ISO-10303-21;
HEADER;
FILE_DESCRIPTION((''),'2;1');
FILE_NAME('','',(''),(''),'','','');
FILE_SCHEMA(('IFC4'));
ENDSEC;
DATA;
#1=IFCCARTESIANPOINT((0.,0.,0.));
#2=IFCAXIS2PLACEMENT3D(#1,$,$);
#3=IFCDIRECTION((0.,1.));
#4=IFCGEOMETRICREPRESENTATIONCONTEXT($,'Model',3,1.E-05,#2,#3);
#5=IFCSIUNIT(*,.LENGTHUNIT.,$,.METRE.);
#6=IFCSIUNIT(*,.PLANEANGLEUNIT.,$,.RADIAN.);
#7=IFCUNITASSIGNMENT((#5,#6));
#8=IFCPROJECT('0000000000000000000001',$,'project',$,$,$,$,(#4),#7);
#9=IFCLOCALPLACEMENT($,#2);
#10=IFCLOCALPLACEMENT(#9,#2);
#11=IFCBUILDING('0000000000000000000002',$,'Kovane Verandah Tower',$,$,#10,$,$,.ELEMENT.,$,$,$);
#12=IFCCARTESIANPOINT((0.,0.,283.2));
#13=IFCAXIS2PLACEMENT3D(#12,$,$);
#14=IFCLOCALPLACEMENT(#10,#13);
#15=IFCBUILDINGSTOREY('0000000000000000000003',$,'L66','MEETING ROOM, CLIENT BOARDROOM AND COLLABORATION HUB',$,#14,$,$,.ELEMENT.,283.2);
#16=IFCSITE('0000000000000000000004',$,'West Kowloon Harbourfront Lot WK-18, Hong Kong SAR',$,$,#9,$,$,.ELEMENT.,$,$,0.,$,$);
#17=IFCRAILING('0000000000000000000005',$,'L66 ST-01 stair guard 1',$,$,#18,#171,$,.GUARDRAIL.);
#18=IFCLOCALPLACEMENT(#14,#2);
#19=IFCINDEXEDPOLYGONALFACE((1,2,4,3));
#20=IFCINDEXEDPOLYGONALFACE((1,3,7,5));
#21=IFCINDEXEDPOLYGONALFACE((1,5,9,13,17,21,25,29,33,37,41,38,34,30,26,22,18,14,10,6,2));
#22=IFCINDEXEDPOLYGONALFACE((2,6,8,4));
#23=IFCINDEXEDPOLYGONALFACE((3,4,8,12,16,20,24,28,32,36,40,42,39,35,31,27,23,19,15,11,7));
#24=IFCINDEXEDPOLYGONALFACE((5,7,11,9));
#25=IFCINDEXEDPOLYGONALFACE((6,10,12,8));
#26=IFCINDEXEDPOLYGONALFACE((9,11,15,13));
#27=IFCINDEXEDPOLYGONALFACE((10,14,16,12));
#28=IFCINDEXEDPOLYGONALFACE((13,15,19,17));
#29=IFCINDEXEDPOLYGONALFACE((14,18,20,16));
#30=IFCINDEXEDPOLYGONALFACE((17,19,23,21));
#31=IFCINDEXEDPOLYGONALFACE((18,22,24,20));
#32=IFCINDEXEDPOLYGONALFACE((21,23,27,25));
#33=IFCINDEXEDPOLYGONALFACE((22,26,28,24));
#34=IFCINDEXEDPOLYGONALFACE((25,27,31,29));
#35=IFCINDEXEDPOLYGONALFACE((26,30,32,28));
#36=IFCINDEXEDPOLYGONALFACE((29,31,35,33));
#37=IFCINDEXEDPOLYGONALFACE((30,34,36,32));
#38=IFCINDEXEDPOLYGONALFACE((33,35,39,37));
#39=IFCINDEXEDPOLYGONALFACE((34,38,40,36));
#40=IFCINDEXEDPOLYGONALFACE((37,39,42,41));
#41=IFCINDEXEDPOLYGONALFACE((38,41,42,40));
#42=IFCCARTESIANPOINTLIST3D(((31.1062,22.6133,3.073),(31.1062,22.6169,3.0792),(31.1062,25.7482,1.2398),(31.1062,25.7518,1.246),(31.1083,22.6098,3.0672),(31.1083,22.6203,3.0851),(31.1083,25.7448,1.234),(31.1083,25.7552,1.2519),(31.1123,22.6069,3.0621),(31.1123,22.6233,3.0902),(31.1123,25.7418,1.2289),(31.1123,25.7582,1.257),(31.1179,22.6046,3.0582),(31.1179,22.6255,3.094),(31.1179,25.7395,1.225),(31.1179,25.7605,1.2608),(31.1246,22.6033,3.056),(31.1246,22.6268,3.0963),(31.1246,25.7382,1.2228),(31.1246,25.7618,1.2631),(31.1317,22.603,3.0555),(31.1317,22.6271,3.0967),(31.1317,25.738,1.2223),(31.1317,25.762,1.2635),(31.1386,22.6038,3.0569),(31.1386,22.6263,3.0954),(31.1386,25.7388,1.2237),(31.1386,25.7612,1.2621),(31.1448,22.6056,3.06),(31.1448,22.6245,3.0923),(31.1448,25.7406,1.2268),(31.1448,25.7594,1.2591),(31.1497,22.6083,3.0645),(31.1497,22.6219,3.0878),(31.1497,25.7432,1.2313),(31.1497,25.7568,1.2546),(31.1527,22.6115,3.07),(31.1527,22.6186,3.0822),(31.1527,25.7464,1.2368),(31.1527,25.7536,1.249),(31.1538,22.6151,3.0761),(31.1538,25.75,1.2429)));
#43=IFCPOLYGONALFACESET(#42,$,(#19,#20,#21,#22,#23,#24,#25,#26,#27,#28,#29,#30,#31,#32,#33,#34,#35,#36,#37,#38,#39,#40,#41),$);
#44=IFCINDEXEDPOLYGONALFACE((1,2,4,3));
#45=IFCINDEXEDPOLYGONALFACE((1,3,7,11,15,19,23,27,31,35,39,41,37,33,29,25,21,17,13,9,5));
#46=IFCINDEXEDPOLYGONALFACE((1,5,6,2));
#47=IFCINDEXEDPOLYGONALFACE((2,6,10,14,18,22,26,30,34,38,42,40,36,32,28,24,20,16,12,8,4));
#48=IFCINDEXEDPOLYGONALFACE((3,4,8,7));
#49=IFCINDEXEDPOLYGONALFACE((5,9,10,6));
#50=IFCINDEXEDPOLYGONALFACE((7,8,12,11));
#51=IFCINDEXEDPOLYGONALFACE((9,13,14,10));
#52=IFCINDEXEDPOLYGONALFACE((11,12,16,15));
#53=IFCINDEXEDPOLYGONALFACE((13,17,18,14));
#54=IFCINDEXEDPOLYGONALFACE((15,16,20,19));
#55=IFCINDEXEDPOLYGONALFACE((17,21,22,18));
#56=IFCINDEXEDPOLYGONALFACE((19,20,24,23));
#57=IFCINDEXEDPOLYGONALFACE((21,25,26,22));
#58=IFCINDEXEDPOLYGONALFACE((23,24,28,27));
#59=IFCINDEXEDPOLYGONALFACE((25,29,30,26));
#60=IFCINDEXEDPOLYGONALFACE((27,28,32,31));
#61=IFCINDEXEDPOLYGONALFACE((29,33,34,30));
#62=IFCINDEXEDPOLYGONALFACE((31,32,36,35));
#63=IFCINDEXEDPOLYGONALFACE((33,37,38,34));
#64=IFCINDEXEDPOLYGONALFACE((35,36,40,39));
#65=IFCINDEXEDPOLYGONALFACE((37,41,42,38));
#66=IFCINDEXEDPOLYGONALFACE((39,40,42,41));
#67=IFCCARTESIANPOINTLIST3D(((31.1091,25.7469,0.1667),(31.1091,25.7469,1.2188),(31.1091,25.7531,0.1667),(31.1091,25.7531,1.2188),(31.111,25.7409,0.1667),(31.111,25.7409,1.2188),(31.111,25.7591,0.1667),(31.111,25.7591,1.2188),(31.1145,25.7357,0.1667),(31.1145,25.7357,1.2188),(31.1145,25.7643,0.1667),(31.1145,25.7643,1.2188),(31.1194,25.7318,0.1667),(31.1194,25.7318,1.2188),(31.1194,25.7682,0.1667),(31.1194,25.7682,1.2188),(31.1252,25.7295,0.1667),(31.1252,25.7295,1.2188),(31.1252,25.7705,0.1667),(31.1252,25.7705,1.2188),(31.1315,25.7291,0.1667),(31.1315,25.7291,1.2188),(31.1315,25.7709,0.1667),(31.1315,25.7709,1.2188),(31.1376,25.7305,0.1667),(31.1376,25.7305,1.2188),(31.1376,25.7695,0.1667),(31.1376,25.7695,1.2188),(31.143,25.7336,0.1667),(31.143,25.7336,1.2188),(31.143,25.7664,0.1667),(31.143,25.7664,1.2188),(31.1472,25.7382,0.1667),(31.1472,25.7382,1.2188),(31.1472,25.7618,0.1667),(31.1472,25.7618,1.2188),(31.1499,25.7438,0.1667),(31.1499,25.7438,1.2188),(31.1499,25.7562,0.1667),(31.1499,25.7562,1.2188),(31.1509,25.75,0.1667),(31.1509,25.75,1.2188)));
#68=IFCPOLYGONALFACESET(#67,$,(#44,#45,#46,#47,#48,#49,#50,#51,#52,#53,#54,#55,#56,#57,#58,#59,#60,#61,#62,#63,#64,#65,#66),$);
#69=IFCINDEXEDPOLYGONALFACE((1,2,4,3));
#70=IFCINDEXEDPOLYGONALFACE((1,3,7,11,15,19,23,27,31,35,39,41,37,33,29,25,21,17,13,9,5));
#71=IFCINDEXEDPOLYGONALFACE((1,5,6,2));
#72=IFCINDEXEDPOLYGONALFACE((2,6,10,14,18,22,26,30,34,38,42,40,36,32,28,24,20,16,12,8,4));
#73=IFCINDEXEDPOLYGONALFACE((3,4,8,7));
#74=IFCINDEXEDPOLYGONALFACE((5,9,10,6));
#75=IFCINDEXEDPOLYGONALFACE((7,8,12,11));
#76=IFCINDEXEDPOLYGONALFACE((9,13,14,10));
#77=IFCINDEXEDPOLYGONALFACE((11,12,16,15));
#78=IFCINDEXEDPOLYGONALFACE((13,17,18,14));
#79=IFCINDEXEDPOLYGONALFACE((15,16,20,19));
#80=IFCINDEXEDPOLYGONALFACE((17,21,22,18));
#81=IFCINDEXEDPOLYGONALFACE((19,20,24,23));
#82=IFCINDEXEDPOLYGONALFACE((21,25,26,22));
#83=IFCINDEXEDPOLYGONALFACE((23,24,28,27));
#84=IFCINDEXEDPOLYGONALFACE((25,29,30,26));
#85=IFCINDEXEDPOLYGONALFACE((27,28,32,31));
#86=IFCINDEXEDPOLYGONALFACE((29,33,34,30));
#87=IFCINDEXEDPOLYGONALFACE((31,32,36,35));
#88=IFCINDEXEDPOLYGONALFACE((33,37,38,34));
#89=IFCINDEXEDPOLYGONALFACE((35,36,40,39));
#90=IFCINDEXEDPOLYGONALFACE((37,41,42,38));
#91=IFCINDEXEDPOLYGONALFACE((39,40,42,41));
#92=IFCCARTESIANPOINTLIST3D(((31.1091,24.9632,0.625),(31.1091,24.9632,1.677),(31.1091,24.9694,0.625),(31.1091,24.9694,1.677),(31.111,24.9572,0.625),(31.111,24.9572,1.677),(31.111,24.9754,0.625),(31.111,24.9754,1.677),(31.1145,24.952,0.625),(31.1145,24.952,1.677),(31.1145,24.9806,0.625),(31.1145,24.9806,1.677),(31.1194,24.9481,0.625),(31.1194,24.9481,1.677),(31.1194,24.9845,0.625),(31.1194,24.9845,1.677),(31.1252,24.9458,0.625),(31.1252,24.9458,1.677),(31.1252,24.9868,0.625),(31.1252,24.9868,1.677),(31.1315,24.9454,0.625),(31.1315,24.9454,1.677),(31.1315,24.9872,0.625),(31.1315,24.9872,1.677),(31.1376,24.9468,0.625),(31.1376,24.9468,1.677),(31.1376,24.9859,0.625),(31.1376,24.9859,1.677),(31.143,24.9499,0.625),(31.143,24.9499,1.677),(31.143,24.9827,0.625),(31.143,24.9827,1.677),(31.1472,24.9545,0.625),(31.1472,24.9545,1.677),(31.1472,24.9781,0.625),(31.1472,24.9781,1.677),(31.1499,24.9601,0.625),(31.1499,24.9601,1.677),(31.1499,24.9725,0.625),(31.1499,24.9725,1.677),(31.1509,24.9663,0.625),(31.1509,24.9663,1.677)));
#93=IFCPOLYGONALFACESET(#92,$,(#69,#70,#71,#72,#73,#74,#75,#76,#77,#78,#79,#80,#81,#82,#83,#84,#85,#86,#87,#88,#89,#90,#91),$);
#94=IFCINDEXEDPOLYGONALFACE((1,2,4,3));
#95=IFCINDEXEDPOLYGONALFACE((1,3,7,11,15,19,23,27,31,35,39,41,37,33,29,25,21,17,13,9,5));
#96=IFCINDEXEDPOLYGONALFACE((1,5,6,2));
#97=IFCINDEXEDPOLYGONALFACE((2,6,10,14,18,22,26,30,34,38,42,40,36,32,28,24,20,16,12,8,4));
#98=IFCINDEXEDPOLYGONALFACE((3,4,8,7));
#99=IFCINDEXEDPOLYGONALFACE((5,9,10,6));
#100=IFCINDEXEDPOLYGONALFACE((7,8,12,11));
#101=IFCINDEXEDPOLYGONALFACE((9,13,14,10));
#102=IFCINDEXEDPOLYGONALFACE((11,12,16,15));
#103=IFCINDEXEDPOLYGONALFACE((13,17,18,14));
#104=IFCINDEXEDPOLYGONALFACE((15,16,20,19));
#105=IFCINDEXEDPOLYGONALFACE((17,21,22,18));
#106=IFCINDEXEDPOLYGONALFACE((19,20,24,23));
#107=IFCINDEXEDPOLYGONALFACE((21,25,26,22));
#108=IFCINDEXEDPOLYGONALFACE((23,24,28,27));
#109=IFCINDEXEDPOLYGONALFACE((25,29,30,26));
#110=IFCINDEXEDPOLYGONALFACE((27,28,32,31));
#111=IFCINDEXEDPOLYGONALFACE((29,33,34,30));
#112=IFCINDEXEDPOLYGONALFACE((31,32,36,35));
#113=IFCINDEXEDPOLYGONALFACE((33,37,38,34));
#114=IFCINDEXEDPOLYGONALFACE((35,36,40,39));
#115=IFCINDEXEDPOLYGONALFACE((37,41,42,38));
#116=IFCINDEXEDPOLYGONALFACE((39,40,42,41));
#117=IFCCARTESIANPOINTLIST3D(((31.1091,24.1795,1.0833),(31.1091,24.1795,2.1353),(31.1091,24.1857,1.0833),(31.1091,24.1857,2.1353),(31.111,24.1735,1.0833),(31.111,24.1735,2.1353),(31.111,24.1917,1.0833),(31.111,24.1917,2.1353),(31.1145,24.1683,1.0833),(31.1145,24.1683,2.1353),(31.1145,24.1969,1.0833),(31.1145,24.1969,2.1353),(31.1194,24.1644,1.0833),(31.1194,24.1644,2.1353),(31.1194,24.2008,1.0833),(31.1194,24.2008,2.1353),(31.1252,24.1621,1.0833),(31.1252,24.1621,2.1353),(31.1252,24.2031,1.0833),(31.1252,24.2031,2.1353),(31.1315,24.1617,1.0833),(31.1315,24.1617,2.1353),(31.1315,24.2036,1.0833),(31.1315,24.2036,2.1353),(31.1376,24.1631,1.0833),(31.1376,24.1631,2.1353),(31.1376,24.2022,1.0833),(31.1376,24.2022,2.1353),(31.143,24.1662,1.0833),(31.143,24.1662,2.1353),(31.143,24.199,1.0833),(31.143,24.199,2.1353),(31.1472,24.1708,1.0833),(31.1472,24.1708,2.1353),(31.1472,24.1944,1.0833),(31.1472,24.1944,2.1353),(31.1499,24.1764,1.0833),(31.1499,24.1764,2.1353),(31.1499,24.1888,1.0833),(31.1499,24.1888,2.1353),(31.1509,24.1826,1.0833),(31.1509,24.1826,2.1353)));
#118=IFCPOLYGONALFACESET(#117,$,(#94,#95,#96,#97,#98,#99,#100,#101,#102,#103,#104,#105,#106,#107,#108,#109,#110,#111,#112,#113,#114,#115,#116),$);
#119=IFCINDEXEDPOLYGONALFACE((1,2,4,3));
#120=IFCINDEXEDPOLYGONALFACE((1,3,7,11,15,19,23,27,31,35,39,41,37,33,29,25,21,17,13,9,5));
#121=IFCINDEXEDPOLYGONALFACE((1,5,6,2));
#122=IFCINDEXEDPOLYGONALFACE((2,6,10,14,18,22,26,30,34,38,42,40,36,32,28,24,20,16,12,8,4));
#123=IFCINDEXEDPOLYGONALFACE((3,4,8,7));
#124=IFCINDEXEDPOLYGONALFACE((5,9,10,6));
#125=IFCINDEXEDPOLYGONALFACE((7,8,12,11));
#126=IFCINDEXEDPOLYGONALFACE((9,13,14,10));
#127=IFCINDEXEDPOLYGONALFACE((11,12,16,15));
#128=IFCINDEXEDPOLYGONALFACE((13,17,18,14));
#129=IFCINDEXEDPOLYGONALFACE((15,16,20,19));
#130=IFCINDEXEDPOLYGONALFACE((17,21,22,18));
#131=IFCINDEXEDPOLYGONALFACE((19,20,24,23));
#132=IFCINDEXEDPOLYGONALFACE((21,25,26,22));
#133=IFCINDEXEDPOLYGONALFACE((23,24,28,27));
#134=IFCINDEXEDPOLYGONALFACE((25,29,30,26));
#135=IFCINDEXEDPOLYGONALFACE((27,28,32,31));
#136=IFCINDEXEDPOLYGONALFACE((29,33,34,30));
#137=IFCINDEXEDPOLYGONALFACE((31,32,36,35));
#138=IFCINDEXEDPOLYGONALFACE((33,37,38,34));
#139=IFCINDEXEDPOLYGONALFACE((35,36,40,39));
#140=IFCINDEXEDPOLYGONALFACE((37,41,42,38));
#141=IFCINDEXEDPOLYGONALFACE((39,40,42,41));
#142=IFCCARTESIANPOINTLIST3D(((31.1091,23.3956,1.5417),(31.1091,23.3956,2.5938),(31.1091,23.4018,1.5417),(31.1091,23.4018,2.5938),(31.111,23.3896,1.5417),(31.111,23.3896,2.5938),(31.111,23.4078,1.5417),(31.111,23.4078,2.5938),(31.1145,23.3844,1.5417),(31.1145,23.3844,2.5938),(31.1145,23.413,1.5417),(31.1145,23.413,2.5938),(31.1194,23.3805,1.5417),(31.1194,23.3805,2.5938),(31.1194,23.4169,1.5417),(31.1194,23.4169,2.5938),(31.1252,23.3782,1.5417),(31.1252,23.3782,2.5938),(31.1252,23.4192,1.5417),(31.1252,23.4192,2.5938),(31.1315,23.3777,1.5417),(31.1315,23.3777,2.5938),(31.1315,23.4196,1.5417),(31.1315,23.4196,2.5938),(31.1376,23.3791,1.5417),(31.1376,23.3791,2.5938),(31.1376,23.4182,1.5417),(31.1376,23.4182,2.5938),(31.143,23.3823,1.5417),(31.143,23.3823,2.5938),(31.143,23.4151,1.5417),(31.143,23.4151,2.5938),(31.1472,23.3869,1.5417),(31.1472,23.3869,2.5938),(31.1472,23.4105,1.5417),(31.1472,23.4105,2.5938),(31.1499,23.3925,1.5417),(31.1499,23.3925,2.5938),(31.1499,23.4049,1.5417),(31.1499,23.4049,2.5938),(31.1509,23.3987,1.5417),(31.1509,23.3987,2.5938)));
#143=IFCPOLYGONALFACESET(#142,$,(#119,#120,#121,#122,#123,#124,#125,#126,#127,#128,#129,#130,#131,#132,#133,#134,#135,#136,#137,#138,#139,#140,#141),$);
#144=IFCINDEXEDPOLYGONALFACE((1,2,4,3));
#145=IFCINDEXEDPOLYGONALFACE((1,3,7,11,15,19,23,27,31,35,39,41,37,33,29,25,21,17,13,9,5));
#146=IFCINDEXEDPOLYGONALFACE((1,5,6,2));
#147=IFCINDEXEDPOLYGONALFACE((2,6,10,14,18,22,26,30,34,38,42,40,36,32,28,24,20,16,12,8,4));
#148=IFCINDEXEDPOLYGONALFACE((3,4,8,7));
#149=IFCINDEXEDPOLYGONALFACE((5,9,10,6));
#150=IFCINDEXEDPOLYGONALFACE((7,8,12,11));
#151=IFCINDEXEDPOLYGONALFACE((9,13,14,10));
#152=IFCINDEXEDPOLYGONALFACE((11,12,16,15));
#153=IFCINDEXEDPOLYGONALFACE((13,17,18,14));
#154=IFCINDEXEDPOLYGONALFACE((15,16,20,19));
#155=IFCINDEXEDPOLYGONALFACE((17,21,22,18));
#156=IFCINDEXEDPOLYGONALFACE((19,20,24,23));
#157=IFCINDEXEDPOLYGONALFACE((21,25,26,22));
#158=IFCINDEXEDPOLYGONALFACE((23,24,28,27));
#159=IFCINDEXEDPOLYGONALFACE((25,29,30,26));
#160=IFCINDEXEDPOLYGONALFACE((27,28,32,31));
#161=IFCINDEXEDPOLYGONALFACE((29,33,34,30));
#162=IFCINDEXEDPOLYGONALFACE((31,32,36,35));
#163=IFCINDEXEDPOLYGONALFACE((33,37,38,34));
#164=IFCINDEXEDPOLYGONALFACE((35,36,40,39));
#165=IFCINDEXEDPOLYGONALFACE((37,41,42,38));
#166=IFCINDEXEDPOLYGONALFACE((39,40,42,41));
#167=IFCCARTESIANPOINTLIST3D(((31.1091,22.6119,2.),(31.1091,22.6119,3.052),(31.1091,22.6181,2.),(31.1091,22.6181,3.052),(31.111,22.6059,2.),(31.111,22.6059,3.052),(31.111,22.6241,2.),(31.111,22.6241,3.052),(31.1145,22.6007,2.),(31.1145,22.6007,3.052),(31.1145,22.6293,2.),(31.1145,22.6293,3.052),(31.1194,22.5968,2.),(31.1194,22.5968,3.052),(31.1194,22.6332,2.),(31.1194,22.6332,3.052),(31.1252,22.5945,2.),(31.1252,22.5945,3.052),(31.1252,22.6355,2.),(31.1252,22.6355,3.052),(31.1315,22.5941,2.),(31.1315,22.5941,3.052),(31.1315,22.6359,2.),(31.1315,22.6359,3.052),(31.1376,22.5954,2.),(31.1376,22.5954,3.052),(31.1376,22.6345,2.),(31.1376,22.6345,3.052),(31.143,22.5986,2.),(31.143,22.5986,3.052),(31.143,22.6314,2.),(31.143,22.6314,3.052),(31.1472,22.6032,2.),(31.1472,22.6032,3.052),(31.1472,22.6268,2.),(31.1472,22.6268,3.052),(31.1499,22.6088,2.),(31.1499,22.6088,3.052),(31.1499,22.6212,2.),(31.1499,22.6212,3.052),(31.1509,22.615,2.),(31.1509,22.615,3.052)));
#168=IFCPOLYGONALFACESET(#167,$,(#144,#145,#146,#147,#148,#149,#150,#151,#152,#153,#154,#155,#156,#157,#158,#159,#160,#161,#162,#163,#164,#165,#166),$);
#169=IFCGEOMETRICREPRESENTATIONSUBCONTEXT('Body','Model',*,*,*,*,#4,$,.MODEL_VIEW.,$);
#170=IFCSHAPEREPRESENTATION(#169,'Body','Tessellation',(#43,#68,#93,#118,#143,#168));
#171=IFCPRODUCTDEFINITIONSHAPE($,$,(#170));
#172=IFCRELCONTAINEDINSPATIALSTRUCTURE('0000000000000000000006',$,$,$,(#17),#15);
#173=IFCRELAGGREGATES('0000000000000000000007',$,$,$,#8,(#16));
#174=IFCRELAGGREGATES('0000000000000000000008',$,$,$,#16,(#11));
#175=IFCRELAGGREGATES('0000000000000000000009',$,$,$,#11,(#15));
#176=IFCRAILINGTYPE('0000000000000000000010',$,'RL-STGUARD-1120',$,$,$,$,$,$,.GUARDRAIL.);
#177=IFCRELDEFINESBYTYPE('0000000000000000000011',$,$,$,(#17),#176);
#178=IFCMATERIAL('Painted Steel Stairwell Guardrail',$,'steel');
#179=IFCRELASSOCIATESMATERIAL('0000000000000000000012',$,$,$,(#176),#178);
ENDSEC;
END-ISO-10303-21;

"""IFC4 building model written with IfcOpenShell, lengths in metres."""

from ifc_helpers import new_model, si_unit, direction, frame, origin, origin_2d, place, context, subcontext, project, spatial, circle, extrude, material, type_object, element, save


model = new_model("IFC4")

# Units and contexts
model_context = context("Model", 3, precision=1e-05, world=origin(), true_north=direction((0.0, 1.0)))
body_context = subcontext(model_context, "Body", "Model", "MODEL_VIEW")
ifc_project = project(units=[si_unit("LENGTHUNIT", "METRE"), si_unit("PLANEANGLEUNIT", "RADIAN")], contexts=[model_context])

# Site, building, storey
site_placement = place(None, origin())
site = spatial("IfcSite", under=ifc_project, at=site_placement, Name="West Kowloon Harbourfront Lot WK-18, Hong Kong SAR", CompositionType="ELEMENT", RefElevation=0.0)
building_placement = place(site_placement, origin())
building = spatial("IfcBuilding", under=site, at=building_placement, Name="Kovane Verandah Tower", CompositionType="ELEMENT")
storey_placement = place(building_placement, frame((0.0, 0.0, 283.2)))
storey = spatial("IfcBuildingStorey", under=building, at=storey_placement, Name="L66", Description="MEETING ROOM, CLIENT BOARDROOM AND COLLABORATION HUB", CompositionType="ELEMENT", Elevation=283.2)

# Railing
ifc_material_1 = material(Name="Painted Steel Stairwell Guardrail", Category="steel")
railing_type_1 = type_object("IfcRailingType", Name="RL-STGUARD-1120", PredefinedType="GUARDRAIL", material=ifc_material_1)
railing_1_placement = place(storey_placement, frame((31.1299, 25.75, 0.1667)))
element("IfcRailing", 1, at=railing_1_placement, inside=storey, type_object=railing_type_1, Name="L66 ST-01 stair guard 1", PredefinedType="GUARDRAIL", context=body_context, shape_type="SweptSolid", body=[
    extrude(circle(Radius=0.0239, at=origin_2d()), frame((0.0, 0.0, 1.0762), z_axis=(0.0, -0.86324, 0.504794), x_axis=(1.0, 0.0, 0.0)), (0.0, 0.0, 1.0), 3.6316),
    extrude(circle(Radius=0.021, at=origin_2d()), origin(), (0.0, 0.0, 1.0), 1.052),
    extrude(circle(Radius=0.021, at=origin_2d()), frame((0.0, -0.7837, 0.4583)), (0.0, 0.0, 1.0), 1.052),
    extrude(circle(Radius=0.021, at=origin_2d()), frame((0.0, -1.5674, 0.9165)), (0.0, 0.0, 1.0), 1.052),
    extrude(circle(Radius=0.021, at=origin_2d()), frame((0.0, -2.3513, 1.375)), (0.0, 0.0, 1.0), 1.052),
    extrude(circle(Radius=0.021, at=origin_2d()), frame((0.0, -3.135, 1.8333)), (0.0, 0.0, 1.0), 1.052),
])

save(model, "model.ifc")
